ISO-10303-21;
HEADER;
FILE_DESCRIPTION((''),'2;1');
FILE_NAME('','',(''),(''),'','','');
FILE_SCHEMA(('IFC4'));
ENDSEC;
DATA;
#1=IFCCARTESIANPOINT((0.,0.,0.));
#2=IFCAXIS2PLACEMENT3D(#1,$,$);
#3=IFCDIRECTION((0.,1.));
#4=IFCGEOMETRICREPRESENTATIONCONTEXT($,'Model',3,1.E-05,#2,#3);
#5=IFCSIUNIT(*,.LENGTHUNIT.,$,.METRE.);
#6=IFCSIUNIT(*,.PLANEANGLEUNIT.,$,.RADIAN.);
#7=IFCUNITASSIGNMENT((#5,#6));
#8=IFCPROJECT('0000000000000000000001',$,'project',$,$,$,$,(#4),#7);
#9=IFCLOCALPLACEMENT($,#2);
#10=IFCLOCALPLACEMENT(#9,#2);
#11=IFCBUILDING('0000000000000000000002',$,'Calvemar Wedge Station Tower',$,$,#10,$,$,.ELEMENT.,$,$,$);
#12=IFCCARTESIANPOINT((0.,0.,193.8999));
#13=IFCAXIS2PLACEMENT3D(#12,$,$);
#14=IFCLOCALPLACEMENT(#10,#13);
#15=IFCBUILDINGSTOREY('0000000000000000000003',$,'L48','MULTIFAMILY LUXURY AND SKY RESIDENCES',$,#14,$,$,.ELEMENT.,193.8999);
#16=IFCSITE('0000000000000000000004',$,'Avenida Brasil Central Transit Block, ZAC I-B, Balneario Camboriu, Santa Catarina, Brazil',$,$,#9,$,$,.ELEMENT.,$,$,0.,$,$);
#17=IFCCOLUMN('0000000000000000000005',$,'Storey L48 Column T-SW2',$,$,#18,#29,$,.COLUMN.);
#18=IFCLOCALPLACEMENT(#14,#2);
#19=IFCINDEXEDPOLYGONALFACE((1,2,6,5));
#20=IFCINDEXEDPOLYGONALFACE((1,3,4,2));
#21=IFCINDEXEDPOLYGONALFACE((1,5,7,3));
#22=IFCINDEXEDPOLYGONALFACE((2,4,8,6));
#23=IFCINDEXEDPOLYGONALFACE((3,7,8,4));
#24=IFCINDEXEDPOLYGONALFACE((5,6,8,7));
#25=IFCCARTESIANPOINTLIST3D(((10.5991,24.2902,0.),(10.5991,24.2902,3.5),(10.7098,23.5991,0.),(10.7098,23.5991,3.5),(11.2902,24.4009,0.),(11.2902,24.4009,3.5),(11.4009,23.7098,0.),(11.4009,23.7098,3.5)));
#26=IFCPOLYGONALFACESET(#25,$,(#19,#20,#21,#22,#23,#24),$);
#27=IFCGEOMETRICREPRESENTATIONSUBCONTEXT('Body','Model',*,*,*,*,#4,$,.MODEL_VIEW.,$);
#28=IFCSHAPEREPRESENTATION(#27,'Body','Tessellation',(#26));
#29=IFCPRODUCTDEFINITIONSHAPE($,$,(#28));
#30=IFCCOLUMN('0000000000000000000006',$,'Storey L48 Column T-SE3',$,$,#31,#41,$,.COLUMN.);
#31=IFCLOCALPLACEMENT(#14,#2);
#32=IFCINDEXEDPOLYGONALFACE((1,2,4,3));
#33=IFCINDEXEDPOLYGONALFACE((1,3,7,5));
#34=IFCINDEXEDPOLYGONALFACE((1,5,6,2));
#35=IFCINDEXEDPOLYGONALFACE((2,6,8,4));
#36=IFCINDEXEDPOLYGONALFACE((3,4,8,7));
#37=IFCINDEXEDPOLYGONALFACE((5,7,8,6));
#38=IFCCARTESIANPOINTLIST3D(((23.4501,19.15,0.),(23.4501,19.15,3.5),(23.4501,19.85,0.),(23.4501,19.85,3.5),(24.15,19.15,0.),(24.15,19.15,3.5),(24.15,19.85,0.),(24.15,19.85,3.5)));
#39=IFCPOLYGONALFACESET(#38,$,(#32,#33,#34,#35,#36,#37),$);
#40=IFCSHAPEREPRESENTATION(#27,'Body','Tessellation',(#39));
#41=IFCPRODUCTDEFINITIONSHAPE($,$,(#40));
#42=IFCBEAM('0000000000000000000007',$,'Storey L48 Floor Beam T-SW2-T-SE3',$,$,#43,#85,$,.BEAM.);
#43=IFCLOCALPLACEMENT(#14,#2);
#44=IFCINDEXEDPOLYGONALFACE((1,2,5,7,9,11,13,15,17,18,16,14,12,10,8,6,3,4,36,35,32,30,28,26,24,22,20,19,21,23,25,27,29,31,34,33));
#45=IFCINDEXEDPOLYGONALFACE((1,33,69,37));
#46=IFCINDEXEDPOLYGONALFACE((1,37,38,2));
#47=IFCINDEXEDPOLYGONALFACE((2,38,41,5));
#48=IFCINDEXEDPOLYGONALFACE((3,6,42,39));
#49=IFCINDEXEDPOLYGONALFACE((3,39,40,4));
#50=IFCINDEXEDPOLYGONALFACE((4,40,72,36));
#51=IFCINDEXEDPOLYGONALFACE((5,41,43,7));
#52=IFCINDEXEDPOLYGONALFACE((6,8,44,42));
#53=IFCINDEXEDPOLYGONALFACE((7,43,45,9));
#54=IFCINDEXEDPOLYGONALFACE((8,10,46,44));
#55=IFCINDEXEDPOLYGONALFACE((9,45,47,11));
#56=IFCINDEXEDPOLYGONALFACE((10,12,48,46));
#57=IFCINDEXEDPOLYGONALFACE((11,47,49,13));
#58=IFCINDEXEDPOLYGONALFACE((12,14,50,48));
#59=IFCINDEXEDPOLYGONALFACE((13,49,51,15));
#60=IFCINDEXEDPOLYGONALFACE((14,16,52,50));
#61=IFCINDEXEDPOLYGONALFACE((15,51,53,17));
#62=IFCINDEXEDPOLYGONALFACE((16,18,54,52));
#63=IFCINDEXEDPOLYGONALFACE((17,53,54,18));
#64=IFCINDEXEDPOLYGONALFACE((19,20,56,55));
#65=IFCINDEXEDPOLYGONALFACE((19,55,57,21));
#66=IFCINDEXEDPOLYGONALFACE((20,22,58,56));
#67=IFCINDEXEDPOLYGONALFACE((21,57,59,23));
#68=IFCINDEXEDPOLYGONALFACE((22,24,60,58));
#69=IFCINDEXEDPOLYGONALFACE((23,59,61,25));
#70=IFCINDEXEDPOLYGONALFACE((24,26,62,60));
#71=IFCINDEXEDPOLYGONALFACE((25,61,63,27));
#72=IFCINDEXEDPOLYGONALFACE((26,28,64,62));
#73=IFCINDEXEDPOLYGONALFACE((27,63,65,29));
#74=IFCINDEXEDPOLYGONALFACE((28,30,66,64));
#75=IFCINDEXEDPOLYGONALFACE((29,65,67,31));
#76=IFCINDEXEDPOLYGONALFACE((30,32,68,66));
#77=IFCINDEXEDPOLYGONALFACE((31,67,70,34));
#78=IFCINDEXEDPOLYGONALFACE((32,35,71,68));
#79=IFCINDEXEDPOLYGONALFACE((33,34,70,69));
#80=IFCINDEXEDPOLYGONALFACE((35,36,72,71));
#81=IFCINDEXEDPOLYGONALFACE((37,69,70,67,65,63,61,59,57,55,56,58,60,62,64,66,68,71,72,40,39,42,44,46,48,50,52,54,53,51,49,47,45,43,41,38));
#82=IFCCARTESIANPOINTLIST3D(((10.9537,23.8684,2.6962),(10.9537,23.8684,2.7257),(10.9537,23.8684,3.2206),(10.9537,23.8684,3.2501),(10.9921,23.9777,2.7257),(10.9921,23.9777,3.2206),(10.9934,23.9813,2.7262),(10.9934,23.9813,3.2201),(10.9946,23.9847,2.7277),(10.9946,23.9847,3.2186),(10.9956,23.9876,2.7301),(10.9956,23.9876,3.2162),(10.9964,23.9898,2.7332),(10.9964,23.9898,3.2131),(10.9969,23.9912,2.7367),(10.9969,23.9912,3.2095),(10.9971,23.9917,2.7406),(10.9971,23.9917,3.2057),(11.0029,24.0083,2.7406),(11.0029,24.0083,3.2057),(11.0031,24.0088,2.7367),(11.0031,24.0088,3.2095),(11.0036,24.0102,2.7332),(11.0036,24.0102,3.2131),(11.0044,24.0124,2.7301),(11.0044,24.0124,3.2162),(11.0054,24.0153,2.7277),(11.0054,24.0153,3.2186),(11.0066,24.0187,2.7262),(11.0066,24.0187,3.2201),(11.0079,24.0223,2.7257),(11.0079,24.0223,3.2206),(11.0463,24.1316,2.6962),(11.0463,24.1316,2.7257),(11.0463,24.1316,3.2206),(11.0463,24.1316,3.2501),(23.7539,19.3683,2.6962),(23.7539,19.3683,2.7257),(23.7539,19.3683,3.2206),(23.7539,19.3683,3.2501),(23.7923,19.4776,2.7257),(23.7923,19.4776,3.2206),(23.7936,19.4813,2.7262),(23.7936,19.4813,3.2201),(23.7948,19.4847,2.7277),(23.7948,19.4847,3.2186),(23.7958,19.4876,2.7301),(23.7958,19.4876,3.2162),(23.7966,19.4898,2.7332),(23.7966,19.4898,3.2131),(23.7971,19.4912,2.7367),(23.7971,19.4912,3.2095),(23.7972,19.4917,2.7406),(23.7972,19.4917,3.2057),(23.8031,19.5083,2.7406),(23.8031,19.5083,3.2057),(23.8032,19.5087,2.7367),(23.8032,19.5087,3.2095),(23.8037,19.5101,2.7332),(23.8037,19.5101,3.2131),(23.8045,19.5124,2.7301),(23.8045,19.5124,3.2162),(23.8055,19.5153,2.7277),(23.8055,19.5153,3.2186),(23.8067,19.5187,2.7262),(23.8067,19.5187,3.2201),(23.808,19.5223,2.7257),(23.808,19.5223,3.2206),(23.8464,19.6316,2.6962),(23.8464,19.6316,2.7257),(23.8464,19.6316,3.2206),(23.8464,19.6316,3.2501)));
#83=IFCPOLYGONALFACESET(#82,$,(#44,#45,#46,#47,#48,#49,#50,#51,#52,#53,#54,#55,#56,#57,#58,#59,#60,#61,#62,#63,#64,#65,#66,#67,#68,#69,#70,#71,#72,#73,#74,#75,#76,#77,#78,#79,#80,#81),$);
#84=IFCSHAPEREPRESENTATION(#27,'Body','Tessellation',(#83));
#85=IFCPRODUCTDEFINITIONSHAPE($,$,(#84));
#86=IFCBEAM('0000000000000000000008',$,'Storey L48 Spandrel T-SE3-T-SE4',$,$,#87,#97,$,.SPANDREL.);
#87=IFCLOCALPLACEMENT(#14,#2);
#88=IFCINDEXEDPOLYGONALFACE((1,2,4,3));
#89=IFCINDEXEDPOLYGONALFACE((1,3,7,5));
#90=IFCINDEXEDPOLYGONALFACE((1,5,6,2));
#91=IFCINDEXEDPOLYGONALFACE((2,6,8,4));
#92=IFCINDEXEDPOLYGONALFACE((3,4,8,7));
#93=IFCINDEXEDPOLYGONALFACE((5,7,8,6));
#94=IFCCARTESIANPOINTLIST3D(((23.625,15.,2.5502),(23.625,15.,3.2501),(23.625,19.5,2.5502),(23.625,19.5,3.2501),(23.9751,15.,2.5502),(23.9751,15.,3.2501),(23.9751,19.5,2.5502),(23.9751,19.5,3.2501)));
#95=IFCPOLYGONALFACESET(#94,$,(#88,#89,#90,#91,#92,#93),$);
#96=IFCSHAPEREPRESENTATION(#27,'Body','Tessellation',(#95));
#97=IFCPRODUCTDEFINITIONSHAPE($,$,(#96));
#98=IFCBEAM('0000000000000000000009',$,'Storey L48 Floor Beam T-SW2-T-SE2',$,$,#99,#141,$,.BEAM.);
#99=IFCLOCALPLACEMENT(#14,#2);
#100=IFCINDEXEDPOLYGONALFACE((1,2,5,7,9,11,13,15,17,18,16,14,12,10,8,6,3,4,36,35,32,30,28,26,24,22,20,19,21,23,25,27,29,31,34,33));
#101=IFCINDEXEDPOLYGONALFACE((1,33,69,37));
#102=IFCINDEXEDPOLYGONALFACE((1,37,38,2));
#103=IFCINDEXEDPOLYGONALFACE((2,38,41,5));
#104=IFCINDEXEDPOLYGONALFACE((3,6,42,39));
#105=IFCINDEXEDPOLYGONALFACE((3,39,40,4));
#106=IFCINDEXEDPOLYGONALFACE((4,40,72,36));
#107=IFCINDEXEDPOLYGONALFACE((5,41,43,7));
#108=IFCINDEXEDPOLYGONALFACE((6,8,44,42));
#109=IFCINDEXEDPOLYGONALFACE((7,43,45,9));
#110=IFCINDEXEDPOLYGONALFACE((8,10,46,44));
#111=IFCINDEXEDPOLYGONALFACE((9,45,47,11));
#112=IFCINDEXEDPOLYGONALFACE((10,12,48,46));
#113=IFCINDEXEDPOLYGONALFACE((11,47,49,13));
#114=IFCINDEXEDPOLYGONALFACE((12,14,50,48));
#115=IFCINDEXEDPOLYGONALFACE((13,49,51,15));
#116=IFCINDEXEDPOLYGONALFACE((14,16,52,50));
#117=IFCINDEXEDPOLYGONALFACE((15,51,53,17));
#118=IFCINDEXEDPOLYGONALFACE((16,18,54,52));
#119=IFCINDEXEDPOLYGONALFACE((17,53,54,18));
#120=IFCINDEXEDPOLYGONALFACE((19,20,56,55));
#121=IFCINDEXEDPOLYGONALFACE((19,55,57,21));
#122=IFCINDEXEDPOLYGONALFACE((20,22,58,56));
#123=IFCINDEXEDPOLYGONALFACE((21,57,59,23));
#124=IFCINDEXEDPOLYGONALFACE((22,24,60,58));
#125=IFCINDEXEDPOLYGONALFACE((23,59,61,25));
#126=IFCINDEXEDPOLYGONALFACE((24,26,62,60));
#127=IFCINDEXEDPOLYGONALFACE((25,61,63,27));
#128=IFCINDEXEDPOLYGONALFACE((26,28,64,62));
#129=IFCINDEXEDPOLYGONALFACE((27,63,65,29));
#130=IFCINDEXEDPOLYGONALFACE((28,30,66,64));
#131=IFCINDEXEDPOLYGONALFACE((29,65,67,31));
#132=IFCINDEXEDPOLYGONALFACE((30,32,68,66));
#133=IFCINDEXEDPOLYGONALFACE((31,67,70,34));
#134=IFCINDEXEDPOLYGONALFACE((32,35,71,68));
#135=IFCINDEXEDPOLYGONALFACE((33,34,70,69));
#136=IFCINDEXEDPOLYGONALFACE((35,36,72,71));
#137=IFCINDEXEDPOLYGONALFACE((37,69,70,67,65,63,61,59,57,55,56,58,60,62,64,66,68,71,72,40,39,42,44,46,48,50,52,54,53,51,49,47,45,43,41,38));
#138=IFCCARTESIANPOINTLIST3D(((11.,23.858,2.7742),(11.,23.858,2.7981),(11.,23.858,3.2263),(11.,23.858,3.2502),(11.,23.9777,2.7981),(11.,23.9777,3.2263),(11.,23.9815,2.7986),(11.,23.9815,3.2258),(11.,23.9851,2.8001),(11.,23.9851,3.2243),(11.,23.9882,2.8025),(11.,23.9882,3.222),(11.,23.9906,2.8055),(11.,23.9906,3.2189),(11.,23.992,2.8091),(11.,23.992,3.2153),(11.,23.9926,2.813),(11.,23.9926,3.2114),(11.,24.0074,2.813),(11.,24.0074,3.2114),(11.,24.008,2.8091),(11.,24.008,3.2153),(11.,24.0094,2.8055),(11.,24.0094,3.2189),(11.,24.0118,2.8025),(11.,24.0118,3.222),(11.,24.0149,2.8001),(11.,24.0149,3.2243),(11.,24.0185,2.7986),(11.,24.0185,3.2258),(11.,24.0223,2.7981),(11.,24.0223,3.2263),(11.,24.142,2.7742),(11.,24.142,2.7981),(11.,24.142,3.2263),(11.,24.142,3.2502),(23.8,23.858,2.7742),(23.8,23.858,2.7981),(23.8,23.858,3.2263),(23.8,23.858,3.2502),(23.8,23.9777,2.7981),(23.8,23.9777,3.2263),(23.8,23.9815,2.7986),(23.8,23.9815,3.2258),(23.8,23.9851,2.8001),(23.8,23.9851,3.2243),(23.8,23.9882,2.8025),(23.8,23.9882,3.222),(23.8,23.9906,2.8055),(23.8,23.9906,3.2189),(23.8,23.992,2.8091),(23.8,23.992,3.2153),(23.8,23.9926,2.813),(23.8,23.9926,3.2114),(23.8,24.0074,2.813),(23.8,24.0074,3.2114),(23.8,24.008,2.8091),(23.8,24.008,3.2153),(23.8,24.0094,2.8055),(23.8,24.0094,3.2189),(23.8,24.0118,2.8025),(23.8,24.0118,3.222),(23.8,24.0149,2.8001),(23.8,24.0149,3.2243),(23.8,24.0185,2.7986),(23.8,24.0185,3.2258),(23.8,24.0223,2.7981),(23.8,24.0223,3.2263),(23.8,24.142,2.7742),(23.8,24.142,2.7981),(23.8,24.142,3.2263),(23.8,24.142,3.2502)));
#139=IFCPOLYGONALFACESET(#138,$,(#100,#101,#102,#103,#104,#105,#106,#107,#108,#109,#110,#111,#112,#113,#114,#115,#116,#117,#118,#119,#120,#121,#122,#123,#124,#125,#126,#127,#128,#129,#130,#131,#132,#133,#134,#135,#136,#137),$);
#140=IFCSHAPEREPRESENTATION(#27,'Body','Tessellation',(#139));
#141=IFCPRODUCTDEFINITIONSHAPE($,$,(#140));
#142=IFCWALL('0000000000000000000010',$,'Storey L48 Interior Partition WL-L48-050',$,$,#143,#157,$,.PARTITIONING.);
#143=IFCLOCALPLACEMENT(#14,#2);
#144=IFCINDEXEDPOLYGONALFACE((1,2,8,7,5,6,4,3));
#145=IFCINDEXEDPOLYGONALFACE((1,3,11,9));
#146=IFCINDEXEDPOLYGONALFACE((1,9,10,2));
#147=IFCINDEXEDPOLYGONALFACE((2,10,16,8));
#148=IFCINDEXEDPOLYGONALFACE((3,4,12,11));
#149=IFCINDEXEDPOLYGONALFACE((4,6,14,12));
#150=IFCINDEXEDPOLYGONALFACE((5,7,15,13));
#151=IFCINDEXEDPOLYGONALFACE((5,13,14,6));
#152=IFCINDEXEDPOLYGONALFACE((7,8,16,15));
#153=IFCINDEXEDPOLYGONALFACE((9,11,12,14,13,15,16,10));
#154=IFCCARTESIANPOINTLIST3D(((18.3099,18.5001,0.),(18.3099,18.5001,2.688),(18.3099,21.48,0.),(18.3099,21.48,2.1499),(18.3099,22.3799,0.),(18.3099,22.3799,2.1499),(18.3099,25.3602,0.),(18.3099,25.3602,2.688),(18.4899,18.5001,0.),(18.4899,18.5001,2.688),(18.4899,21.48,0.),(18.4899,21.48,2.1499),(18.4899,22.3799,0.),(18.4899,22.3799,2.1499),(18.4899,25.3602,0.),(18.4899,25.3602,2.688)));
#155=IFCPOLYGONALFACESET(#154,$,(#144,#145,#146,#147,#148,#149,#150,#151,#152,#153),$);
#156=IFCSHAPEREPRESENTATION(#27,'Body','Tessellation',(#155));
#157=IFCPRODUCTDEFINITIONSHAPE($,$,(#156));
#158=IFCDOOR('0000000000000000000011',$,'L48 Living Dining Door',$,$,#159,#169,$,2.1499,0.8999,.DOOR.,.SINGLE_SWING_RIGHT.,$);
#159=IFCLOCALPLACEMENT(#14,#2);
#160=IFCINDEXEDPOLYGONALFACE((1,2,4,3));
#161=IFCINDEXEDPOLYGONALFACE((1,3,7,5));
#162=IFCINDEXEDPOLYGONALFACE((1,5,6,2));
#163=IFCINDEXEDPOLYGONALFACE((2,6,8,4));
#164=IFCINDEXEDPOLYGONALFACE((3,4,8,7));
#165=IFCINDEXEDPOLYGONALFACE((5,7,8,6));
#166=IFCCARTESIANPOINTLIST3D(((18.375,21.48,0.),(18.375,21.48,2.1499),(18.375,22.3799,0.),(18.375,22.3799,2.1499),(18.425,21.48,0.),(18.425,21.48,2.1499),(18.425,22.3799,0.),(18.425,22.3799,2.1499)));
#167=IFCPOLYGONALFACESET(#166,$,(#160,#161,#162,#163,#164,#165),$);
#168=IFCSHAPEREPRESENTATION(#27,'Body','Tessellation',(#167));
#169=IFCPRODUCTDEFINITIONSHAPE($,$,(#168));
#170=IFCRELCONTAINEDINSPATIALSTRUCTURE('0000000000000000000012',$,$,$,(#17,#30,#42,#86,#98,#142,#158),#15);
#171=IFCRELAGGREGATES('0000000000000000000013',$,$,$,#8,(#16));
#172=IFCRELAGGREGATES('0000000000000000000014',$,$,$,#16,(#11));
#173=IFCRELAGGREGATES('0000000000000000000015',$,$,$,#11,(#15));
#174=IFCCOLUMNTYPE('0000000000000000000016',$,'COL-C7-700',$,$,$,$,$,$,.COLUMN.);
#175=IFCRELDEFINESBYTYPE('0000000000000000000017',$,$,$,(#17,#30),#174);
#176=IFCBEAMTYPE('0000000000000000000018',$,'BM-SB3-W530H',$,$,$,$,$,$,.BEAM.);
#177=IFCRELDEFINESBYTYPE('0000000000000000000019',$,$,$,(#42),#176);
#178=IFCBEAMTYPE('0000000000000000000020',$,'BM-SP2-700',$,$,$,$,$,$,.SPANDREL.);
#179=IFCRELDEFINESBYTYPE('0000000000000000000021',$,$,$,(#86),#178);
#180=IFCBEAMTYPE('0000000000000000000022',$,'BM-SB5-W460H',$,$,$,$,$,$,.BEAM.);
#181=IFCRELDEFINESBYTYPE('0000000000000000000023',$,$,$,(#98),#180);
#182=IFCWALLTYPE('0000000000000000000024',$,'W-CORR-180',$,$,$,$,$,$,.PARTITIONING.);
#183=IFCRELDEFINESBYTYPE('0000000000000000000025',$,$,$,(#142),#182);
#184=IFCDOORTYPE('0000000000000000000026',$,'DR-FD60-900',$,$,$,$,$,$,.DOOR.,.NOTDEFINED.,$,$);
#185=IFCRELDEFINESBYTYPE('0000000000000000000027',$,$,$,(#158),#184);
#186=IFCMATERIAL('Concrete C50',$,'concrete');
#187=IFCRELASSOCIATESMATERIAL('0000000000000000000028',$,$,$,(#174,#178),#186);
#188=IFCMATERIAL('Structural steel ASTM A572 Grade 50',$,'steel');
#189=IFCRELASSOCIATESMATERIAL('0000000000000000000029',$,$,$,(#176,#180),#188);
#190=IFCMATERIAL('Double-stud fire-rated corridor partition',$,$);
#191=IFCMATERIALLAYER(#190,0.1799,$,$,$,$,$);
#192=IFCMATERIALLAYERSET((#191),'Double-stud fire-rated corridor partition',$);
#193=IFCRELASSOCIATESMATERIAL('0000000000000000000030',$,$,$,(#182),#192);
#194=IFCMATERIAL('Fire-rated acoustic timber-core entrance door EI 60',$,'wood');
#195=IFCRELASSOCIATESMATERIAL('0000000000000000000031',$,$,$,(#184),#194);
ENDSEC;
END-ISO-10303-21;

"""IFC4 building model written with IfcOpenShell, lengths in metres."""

from ifc_helpers import new_model, si_unit, direction, frame, frame_2d, origin, origin_2d, place, context, subcontext, project, spatial, rectangle, i_section, extrude, source, transform, mapped, material, layer, layer_set, material_profile, profile_set, type_object, element, fill, save


model = new_model("IFC4")

# Units and contexts
model_context = context("Model", 3, precision=1e-05, world=origin(), true_north=direction((0.0, 1.0)))
body_context = subcontext(model_context, "Body", "Model", "MODEL_VIEW")
ifc_project = project(units=[si_unit("LENGTHUNIT", "METRE"), si_unit("PLANEANGLEUNIT", "RADIAN")], contexts=[model_context])

# Site, building, storey
site_placement = place(None, origin())
site = spatial("IfcSite", under=ifc_project, at=site_placement, Name="Avenida Brasil Central Transit Block, ZAC I-B, Balneario Camboriu, Santa Catarina, Brazil", CompositionType="ELEMENT", RefElevation=0.0)
building_placement = place(site_placement, origin())
building = spatial("IfcBuilding", under=site, at=building_placement, Name="Calvemar Wedge Station Tower", CompositionType="ELEMENT")
storey_placement = place(building_placement, frame((0.0, 0.0, 193.8999)))
storey = spatial("IfcBuildingStorey", under=building, at=storey_placement, Name="L48", Description="MULTIFAMILY LUXURY AND SKY RESIDENCES", CompositionType="ELEMENT", Elevation=193.8999)

# Columns
ifc_material_1 = material(Name="Concrete C50", Category="concrete")
ifc_material_profile_1 = material_profile(ifc_material_1, rectangle(XDim=0.7, YDim=0.7, at=origin_2d()), Name="RC700x700")
ifc_profile_set_1 = profile_set([ifc_material_profile_1], Name="Concrete C50")
column_type = type_object("IfcColumnType", Name="COL-C7-700", PredefinedType="COLUMN", material=ifc_profile_set_1)
shared_shape_1 = source(origin(), body_context, "Body", "SweptSolid", [
    extrude(rectangle(XDim=0.7, YDim=0.7, at=origin_2d()), origin(), (0.0, 0.0, 1.0), 3.5),
])
for number, where, z_axis, x_axis, name in (
    (1, (11.0, 24.0, 0.0), (0.0, 0.0, 1.0), (0.158158, -0.987414, 0.0), "Storey L48 Column T-SW2"),
    (2, (23.8, 19.5, 0.0), (0.0, 0.0, 1.0), (1.0, 0.0, 0.0), "Storey L48 Column T-SE3"),
):
    element("IfcColumn", number, at=place(storey_placement, frame(where, z_axis=z_axis, x_axis=x_axis)), inside=storey, type_object=column_type, Name=name, PredefinedType="COLUMN", context=body_context, shape_type="MappedRepresentation", body=[
        mapped(shared_shape_1, transform((0.0, 0.0, 0.0), scale=1.0)),
    ])

# Beams
ifc_material_2 = material(Name="Structural steel ASTM A572 Grade 50", Category="steel")
ifc_material_profile_2 = material_profile(ifc_material_2, i_section(OverallWidth=0.2791, OverallDepth=0.554, WebThickness=0.0176, FlangeThickness=0.0295, FilletRadius=0.0149, at=origin_2d()), Name="W530x196")
ifc_profile_set_2 = profile_set([ifc_material_profile_2], Name="Structural steel ASTM A572 Grade 50")
beam_type_1 = type_object("IfcBeamType", Name="BM-SB3-W530H", PredefinedType="BEAM", material=ifc_profile_set_2)
shared_shape_2 = source(origin(), body_context, "Body", "SweptSolid", [
    extrude(i_section(OverallWidth=0.2791, OverallDepth=0.554, WebThickness=0.0176, FlangeThickness=0.0295, FilletRadius=0.0149, at=origin_2d()), origin(), (0.0, 0.0, 1.0), 13.5681),
])
beam_1_placement = place(storey_placement, frame((11.0, 24.0, 2.9731), z_axis=(0.943398, -0.331662, 0.0), x_axis=(0.331662, 0.943398, 0.0)))
element("IfcBeam", 3, at=beam_1_placement, inside=storey, type_object=beam_type_1, Name="Storey L48 Floor Beam T-SW2-T-SE3", PredefinedType="BEAM", context=body_context, shape_type="MappedRepresentation", body=[
    mapped(shared_shape_2, transform((0.0, 0.0, 0.0), scale=1.0)),
])
ifc_material_profile_3 = material_profile(ifc_material_1, rectangle(XDim=0.3501, YDim=0.7, at=origin_2d()), Name="RC350x700")
ifc_profile_set_3 = profile_set([ifc_material_profile_3], Name="Concrete C50")
beam_type_2 = type_object("IfcBeamType", Name="BM-SP2-700", PredefinedType="SPANDREL", material=ifc_profile_set_3)
shared_shape_3 = source(origin(), body_context, "Body", "SweptSolid", [
    extrude(rectangle(XDim=0.3501, YDim=0.7, at=origin_2d()), origin(), (0.0, 0.0, 1.0), 4.5),
])
beam_2_placement = place(storey_placement, frame((23.8, 19.5, 2.9001), z_axis=(0.0, -1.0, 0.0), x_axis=(1.0, 0.0, 0.0)))
element("IfcBeam", 4, at=beam_2_placement, inside=storey, type_object=beam_type_2, Name="Storey L48 Spandrel T-SE3-T-SE4", PredefinedType="SPANDREL", context=body_context, shape_type="MappedRepresentation", body=[
    mapped(shared_shape_3, transform((0.0, 0.0, 0.0), scale=1.0)),
])
ifc_material_profile_4 = material_profile(ifc_material_2, i_section(OverallWidth=0.2839, OverallDepth=0.4761, WebThickness=0.0149, FlangeThickness=0.0239, FilletRadius=0.0149, at=origin_2d()), Name="W460x158")
ifc_profile_set_4 = profile_set([ifc_material_profile_4], Name="Structural steel ASTM A572 Grade 50")
beam_type_3 = type_object("IfcBeamType", Name="BM-SB5-W460H", PredefinedType="BEAM", material=ifc_profile_set_4)
shared_shape_4 = source(origin(), body_context, "Body", "SweptSolid", [
    extrude(i_section(OverallWidth=0.2839, OverallDepth=0.4761, WebThickness=0.0149, FlangeThickness=0.0239, FilletRadius=0.0149, at=origin_2d()), origin(), (0.0, 0.0, 1.0), 12.8),
])
beam_3_placement = place(storey_placement, frame((11.0, 24.0, 3.0122), z_axis=(1.0, 0.0, 0.0), x_axis=(0.0, 1.0, 0.0)))
element("IfcBeam", 5, at=beam_3_placement, inside=storey, type_object=beam_type_3, Name="Storey L48 Floor Beam T-SW2-T-SE2", PredefinedType="BEAM", context=body_context, shape_type="MappedRepresentation", body=[
    mapped(shared_shape_4, transform((0.0, 0.0, 0.0), scale=1.0)),
])

# Wall, opening, door
ifc_material_3 = material(Name="Double-stud fire-rated corridor partition")
ifc_layer_1 = layer(ifc_material_3, 0.1799)
ifc_layer_set_1 = layer_set([ifc_layer_1], Name="Double-stud fire-rated corridor partition")
wall_type_1 = type_object("IfcWallType", Name="W-CORR-180", PredefinedType="PARTITIONING", material=ifc_layer_set_1)
wall_1_placement = place(storey_placement, frame((18.3999, 18.5, 0.0), z_axis=(0.0, 0.0, 1.0), x_axis=(0.0, 1.0, 0.0)))
wall_1 = element("IfcWall", 6, at=wall_1_placement, inside=storey, type_object=wall_type_1, Name="Storey L48 Interior Partition WL-L48-050", PredefinedType="PARTITIONING", context=body_context, shape_type="SweptSolid", body=[
    extrude(rectangle(XDim=6.8601, YDim=0.1799, at=frame_2d((3.4302, 0.0))), origin(), (0.0, 0.0, 1.0), 2.688),
])
shared_shape_5 = source(origin(), body_context, "Body", "SweptSolid", [
    extrude(rectangle(XDim=0.8999, YDim=2.1499, at=frame_2d((0.45, 1.075))), frame((0.0, 0.1001, 0.0), z_axis=(0.0, -1.0, 0.0), x_axis=(1.0, 0.0, 0.0)), (0.0, 0.0, 1.0), 0.2),
])
opening_1_placement = place(wall_1_placement, frame((2.98, 0.0, 0.0)))
opening_1 = element("IfcOpeningElement", 7, at=opening_1_placement, cuts=wall_1, PredefinedType="OPENING", context=body_context, shape_type="MappedRepresentation", body=[
    mapped(shared_shape_5, transform((0.0, 0.0, 0.0), scale=1.0)),
])
ifc_material_4 = material(Name="Fire-rated acoustic timber-core entrance door EI 60", Category="wood")
door_type_1 = type_object("IfcDoorType", Name="DR-FD60-900", OperationType="NOTDEFINED", PredefinedType="DOOR", material=ifc_material_4)
shared_shape_6 = source(origin(), body_context, "Body", "SweptSolid", [
    extrude(rectangle(XDim=0.8999, YDim=2.1499, at=frame_2d((0.45, 1.075))), frame((0.0, 0.0249, 0.0), z_axis=(0.0, -1.0, 0.0), x_axis=(1.0, 0.0, 0.0)), (0.0, 0.0, 1.0), 0.05),
])
door_1_placement = place(opening_1_placement, origin())
door_1 = element("IfcDoor", 8, at=door_1_placement, inside=storey, type_object=door_type_1, Name="L48 Living Dining Door", OperationType="SINGLE_SWING_RIGHT", OverallHeight=2.1499, OverallWidth=0.8999, PredefinedType="DOOR", context=body_context, shape_type="MappedRepresentation", body=[
    mapped(shared_shape_6, transform((0.0, 0.0, 0.0), scale=1.0)),
])
fill(opening_1, door_1)

save(model, "model.ifc")
